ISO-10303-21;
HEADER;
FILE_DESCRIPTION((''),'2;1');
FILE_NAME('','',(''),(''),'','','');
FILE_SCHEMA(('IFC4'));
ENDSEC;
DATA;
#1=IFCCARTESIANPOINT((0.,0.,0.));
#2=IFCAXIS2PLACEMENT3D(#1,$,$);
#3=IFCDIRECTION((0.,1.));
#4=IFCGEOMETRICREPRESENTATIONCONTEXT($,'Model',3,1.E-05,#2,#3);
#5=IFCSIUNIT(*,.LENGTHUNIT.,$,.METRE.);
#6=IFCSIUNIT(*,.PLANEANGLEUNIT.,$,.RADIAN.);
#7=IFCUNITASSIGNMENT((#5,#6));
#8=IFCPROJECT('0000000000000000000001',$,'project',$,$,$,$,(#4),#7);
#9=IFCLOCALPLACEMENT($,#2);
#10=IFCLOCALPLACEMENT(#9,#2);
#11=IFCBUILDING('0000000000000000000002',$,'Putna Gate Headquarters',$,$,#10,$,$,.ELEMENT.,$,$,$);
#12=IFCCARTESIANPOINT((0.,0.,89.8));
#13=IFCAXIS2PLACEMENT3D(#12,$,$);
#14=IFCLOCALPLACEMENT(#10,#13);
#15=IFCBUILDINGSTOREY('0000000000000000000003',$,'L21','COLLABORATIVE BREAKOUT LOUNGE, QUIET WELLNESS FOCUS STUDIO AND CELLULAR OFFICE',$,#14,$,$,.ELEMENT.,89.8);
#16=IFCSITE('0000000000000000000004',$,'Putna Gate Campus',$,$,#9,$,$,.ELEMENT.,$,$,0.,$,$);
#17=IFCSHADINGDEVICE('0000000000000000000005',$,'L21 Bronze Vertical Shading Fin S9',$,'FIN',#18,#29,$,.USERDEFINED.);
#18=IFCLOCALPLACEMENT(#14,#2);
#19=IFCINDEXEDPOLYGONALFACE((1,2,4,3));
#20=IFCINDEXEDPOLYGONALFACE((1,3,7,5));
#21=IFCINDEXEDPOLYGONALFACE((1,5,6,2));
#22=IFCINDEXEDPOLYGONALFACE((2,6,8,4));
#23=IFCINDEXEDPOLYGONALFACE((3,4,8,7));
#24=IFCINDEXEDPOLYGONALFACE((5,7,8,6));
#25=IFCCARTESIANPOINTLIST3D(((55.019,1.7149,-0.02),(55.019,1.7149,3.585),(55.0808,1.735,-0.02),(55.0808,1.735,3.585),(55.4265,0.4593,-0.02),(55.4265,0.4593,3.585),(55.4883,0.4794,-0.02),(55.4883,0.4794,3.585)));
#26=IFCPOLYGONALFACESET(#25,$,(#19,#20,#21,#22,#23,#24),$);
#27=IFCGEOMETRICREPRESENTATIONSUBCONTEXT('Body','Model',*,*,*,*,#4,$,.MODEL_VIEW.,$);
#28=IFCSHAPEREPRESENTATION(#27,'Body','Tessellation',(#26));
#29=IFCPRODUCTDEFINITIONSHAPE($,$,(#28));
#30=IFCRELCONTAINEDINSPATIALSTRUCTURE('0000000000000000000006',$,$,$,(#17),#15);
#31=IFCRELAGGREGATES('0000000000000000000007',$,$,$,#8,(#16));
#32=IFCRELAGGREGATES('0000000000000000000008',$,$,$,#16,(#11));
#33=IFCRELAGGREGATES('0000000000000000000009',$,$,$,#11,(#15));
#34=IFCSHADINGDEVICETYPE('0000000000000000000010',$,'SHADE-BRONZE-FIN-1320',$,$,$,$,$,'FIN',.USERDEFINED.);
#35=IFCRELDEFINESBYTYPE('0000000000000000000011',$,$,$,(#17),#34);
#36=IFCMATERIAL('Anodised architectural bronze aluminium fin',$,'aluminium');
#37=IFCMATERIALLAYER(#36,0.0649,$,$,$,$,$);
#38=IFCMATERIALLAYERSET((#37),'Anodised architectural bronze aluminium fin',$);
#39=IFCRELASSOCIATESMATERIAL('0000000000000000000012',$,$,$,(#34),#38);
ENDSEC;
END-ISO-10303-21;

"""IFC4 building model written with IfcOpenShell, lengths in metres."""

from ifc_helpers import new_model, si_unit, direction, frame, origin, origin_2d, place, context, subcontext, project, spatial, rectangle, extrude, material, layer, layer_set, type_object, element, save


model = new_model("IFC4")

# Units and contexts
model_context = context("Model", 3, precision=1e-05, world=origin(), true_north=direction((0.0, 1.0)))
body_context = subcontext(model_context, "Body", "Model", "MODEL_VIEW")
ifc_project = project(units=[si_unit("LENGTHUNIT", "METRE"), si_unit("PLANEANGLEUNIT", "RADIAN")], contexts=[model_context])

# Site, building, storey
site_placement = place(None, origin())
site = spatial("IfcSite", under=ifc_project, at=site_placement, Name="Putna Gate Campus", CompositionType="ELEMENT", RefElevation=0.0)
building_placement = place(site_placement, origin())
building = spatial("IfcBuilding", under=site, at=building_placement, Name="Putna Gate Headquarters", CompositionType="ELEMENT")
storey_placement = place(building_placement, frame((0.0, 0.0, 89.8)))
storey = spatial("IfcBuildingStorey", under=building, at=storey_placement, Name="L21", Description="COLLABORATIVE BREAKOUT LOUNGE, QUIET WELLNESS FOCUS STUDIO AND CELLULAR OFFICE", CompositionType="ELEMENT", Elevation=89.8)

# Shading device
ifc_material_1 = material(Name="Anodised architectural bronze aluminium fin", Category="aluminium")
ifc_layer_1 = layer(ifc_material_1, 0.0649)
ifc_layer_set_1 = layer_set([ifc_layer_1], Name="Anodised architectural bronze aluminium fin")
shading_device_type = type_object("IfcShadingDeviceType", Name="SHADE-BRONZE-FIN-1320", ElementType="FIN", PredefinedType="USERDEFINED", material=ifc_layer_set_1)
for number, where, z_axis, x_axis, name in (
    (1, (55.2537, 1.0972, -0.02), (0.0, 0.0, 1.0), (0.308685, -0.951164, 0.0), "L21 Bronze Vertical Shading Fin S9"),
):
    element("IfcShadingDevice", number, at=place(storey_placement, frame(where, z_axis=z_axis, x_axis=x_axis)), inside=storey, type_object=shading_device_type, Name=name, ObjectType="FIN", PredefinedType="USERDEFINED", context=body_context, shape_type="SweptSolid", body=[
        extrude(rectangle(XDim=1.3201, YDim=0.0649, at=origin_2d()), origin(), (0.0, 0.0, 1.0), 3.605),
    ])

save(model, "model.ifc")
